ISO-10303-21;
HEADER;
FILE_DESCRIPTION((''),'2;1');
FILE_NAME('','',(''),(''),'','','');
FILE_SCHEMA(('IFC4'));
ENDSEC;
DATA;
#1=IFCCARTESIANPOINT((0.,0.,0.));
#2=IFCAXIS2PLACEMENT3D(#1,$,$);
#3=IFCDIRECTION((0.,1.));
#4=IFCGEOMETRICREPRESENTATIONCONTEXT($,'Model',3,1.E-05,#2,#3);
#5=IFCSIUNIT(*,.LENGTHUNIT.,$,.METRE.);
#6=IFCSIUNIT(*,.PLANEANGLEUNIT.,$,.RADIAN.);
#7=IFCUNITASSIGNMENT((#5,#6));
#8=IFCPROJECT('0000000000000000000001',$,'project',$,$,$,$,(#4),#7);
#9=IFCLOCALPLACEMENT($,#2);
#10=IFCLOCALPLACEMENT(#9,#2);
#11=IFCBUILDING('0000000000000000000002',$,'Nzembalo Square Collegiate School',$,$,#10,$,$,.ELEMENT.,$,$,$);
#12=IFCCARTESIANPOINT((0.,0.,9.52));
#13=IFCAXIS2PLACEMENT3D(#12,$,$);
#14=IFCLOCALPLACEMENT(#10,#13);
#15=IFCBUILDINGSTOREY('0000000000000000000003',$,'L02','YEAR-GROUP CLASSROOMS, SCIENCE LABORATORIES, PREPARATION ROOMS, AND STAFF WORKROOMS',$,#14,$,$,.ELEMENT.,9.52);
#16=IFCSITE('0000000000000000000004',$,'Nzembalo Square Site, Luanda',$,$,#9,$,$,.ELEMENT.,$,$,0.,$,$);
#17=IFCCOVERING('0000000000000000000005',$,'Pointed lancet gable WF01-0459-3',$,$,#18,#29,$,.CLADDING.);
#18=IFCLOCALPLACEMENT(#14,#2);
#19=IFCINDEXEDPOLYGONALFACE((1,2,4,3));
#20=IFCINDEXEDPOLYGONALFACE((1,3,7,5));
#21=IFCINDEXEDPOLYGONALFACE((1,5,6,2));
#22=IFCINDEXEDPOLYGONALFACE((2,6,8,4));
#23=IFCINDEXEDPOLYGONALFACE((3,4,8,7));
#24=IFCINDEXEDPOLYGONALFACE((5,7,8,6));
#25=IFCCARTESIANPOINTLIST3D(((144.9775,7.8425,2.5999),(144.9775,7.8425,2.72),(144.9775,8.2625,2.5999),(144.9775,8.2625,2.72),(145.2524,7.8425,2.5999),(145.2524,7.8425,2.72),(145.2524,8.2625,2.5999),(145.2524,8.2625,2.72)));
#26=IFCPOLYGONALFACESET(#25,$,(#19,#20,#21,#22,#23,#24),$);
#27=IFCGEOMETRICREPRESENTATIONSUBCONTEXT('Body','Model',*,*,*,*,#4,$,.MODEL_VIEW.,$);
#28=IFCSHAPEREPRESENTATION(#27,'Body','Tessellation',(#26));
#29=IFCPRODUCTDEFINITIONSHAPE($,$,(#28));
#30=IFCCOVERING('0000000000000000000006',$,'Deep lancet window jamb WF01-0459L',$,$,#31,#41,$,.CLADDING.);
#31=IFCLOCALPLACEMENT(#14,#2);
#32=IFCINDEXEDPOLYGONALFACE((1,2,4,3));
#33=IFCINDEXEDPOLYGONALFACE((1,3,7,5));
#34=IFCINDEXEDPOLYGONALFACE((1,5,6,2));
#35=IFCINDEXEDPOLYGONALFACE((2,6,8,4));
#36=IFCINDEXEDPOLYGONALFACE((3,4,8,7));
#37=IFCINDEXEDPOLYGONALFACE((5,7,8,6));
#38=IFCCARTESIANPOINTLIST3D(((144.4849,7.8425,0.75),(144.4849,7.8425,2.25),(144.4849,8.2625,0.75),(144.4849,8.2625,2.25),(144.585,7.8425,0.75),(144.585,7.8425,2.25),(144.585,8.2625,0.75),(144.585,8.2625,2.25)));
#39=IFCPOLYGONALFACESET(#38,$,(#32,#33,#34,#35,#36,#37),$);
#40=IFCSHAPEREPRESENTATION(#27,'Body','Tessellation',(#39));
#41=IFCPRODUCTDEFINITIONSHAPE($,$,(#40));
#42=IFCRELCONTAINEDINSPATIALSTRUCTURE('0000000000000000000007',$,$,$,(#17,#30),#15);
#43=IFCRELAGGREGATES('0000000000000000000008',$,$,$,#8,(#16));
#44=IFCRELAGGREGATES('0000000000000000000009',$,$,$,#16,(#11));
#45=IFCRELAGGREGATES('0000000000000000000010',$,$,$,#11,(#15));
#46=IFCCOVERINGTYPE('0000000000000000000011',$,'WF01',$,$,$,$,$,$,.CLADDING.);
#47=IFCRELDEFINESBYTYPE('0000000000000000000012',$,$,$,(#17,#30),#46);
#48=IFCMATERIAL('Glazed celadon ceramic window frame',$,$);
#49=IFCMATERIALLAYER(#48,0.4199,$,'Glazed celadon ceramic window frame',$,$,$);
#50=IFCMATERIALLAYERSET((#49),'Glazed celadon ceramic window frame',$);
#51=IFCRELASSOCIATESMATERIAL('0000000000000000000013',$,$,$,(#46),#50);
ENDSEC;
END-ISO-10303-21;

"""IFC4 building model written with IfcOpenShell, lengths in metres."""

from ifc_helpers import new_model, si_unit, direction, frame, origin, origin_2d, place, context, subcontext, project, spatial, rectangle, extrude, material, layer, layer_set, type_object, element, save


model = new_model("IFC4")

# Units and contexts
model_context = context("Model", 3, precision=1e-05, world=origin(), true_north=direction((0.0, 1.0)))
body_context = subcontext(model_context, "Body", "Model", "MODEL_VIEW")
ifc_project = project(units=[si_unit("LENGTHUNIT", "METRE"), si_unit("PLANEANGLEUNIT", "RADIAN")], contexts=[model_context])

# Site, building, storey
site_placement = place(None, origin())
site = spatial("IfcSite", under=ifc_project, at=site_placement, Name="Nzembalo Square Site, Luanda", CompositionType="ELEMENT", RefElevation=0.0)
building_placement = place(site_placement, origin())
building = spatial("IfcBuilding", under=site, at=building_placement, Name="Nzembalo Square Collegiate School", CompositionType="ELEMENT")
storey_placement = place(building_placement, frame((0.0, 0.0, 9.52)))
storey = spatial("IfcBuildingStorey", under=building, at=storey_placement, Name="L02", Description="YEAR-GROUP CLASSROOMS, SCIENCE LABORATORIES, PREPARATION ROOMS, AND STAFF WORKROOMS", CompositionType="ELEMENT", Elevation=9.52)

# Coverings
ifc_material_1 = material(Name="Glazed celadon ceramic window frame")
ifc_layer_1 = layer(ifc_material_1, 0.4199, Name="Glazed celadon ceramic window frame")
ifc_layer_set_1 = layer_set([ifc_layer_1], Name="Glazed celadon ceramic window frame")
covering_type_1 = type_object("IfcCoveringType", Name="WF01", PredefinedType="CLADDING", material=ifc_layer_set_1)
covering_1_placement = place(storey_placement, frame((145.115, 8.0525, 2.5999), z_axis=(0.0, 0.0, 1.0), x_axis=(1.0, 0.0, 0.0)))
element("IfcCovering", 1, at=covering_1_placement, inside=storey, type_object=covering_type_1, Name="Pointed lancet gable WF01-0459-3", PredefinedType="CLADDING", context=body_context, shape_type="SweptSolid", body=[
    extrude(rectangle(XDim=0.2749, YDim=0.4199, at=origin_2d()), origin(), (0.0, 0.0, 1.0), 0.1201),
])
covering_2_placement = place(storey_placement, frame((144.5349, 8.0525, 0.75), z_axis=(0.0, 0.0, 1.0), x_axis=(1.0, 0.0, 0.0)))
element("IfcCovering", 2, at=covering_2_placement, inside=storey, type_object=covering_type_1, Name="Deep lancet window jamb WF01-0459L", PredefinedType="CLADDING", context=body_context, shape_type="SweptSolid", body=[
    extrude(rectangle(XDim=0.1001, YDim=0.4199, at=origin_2d()), origin(), (0.0, 0.0, 1.0), 1.5),
])

save(model, "model.ifc")
